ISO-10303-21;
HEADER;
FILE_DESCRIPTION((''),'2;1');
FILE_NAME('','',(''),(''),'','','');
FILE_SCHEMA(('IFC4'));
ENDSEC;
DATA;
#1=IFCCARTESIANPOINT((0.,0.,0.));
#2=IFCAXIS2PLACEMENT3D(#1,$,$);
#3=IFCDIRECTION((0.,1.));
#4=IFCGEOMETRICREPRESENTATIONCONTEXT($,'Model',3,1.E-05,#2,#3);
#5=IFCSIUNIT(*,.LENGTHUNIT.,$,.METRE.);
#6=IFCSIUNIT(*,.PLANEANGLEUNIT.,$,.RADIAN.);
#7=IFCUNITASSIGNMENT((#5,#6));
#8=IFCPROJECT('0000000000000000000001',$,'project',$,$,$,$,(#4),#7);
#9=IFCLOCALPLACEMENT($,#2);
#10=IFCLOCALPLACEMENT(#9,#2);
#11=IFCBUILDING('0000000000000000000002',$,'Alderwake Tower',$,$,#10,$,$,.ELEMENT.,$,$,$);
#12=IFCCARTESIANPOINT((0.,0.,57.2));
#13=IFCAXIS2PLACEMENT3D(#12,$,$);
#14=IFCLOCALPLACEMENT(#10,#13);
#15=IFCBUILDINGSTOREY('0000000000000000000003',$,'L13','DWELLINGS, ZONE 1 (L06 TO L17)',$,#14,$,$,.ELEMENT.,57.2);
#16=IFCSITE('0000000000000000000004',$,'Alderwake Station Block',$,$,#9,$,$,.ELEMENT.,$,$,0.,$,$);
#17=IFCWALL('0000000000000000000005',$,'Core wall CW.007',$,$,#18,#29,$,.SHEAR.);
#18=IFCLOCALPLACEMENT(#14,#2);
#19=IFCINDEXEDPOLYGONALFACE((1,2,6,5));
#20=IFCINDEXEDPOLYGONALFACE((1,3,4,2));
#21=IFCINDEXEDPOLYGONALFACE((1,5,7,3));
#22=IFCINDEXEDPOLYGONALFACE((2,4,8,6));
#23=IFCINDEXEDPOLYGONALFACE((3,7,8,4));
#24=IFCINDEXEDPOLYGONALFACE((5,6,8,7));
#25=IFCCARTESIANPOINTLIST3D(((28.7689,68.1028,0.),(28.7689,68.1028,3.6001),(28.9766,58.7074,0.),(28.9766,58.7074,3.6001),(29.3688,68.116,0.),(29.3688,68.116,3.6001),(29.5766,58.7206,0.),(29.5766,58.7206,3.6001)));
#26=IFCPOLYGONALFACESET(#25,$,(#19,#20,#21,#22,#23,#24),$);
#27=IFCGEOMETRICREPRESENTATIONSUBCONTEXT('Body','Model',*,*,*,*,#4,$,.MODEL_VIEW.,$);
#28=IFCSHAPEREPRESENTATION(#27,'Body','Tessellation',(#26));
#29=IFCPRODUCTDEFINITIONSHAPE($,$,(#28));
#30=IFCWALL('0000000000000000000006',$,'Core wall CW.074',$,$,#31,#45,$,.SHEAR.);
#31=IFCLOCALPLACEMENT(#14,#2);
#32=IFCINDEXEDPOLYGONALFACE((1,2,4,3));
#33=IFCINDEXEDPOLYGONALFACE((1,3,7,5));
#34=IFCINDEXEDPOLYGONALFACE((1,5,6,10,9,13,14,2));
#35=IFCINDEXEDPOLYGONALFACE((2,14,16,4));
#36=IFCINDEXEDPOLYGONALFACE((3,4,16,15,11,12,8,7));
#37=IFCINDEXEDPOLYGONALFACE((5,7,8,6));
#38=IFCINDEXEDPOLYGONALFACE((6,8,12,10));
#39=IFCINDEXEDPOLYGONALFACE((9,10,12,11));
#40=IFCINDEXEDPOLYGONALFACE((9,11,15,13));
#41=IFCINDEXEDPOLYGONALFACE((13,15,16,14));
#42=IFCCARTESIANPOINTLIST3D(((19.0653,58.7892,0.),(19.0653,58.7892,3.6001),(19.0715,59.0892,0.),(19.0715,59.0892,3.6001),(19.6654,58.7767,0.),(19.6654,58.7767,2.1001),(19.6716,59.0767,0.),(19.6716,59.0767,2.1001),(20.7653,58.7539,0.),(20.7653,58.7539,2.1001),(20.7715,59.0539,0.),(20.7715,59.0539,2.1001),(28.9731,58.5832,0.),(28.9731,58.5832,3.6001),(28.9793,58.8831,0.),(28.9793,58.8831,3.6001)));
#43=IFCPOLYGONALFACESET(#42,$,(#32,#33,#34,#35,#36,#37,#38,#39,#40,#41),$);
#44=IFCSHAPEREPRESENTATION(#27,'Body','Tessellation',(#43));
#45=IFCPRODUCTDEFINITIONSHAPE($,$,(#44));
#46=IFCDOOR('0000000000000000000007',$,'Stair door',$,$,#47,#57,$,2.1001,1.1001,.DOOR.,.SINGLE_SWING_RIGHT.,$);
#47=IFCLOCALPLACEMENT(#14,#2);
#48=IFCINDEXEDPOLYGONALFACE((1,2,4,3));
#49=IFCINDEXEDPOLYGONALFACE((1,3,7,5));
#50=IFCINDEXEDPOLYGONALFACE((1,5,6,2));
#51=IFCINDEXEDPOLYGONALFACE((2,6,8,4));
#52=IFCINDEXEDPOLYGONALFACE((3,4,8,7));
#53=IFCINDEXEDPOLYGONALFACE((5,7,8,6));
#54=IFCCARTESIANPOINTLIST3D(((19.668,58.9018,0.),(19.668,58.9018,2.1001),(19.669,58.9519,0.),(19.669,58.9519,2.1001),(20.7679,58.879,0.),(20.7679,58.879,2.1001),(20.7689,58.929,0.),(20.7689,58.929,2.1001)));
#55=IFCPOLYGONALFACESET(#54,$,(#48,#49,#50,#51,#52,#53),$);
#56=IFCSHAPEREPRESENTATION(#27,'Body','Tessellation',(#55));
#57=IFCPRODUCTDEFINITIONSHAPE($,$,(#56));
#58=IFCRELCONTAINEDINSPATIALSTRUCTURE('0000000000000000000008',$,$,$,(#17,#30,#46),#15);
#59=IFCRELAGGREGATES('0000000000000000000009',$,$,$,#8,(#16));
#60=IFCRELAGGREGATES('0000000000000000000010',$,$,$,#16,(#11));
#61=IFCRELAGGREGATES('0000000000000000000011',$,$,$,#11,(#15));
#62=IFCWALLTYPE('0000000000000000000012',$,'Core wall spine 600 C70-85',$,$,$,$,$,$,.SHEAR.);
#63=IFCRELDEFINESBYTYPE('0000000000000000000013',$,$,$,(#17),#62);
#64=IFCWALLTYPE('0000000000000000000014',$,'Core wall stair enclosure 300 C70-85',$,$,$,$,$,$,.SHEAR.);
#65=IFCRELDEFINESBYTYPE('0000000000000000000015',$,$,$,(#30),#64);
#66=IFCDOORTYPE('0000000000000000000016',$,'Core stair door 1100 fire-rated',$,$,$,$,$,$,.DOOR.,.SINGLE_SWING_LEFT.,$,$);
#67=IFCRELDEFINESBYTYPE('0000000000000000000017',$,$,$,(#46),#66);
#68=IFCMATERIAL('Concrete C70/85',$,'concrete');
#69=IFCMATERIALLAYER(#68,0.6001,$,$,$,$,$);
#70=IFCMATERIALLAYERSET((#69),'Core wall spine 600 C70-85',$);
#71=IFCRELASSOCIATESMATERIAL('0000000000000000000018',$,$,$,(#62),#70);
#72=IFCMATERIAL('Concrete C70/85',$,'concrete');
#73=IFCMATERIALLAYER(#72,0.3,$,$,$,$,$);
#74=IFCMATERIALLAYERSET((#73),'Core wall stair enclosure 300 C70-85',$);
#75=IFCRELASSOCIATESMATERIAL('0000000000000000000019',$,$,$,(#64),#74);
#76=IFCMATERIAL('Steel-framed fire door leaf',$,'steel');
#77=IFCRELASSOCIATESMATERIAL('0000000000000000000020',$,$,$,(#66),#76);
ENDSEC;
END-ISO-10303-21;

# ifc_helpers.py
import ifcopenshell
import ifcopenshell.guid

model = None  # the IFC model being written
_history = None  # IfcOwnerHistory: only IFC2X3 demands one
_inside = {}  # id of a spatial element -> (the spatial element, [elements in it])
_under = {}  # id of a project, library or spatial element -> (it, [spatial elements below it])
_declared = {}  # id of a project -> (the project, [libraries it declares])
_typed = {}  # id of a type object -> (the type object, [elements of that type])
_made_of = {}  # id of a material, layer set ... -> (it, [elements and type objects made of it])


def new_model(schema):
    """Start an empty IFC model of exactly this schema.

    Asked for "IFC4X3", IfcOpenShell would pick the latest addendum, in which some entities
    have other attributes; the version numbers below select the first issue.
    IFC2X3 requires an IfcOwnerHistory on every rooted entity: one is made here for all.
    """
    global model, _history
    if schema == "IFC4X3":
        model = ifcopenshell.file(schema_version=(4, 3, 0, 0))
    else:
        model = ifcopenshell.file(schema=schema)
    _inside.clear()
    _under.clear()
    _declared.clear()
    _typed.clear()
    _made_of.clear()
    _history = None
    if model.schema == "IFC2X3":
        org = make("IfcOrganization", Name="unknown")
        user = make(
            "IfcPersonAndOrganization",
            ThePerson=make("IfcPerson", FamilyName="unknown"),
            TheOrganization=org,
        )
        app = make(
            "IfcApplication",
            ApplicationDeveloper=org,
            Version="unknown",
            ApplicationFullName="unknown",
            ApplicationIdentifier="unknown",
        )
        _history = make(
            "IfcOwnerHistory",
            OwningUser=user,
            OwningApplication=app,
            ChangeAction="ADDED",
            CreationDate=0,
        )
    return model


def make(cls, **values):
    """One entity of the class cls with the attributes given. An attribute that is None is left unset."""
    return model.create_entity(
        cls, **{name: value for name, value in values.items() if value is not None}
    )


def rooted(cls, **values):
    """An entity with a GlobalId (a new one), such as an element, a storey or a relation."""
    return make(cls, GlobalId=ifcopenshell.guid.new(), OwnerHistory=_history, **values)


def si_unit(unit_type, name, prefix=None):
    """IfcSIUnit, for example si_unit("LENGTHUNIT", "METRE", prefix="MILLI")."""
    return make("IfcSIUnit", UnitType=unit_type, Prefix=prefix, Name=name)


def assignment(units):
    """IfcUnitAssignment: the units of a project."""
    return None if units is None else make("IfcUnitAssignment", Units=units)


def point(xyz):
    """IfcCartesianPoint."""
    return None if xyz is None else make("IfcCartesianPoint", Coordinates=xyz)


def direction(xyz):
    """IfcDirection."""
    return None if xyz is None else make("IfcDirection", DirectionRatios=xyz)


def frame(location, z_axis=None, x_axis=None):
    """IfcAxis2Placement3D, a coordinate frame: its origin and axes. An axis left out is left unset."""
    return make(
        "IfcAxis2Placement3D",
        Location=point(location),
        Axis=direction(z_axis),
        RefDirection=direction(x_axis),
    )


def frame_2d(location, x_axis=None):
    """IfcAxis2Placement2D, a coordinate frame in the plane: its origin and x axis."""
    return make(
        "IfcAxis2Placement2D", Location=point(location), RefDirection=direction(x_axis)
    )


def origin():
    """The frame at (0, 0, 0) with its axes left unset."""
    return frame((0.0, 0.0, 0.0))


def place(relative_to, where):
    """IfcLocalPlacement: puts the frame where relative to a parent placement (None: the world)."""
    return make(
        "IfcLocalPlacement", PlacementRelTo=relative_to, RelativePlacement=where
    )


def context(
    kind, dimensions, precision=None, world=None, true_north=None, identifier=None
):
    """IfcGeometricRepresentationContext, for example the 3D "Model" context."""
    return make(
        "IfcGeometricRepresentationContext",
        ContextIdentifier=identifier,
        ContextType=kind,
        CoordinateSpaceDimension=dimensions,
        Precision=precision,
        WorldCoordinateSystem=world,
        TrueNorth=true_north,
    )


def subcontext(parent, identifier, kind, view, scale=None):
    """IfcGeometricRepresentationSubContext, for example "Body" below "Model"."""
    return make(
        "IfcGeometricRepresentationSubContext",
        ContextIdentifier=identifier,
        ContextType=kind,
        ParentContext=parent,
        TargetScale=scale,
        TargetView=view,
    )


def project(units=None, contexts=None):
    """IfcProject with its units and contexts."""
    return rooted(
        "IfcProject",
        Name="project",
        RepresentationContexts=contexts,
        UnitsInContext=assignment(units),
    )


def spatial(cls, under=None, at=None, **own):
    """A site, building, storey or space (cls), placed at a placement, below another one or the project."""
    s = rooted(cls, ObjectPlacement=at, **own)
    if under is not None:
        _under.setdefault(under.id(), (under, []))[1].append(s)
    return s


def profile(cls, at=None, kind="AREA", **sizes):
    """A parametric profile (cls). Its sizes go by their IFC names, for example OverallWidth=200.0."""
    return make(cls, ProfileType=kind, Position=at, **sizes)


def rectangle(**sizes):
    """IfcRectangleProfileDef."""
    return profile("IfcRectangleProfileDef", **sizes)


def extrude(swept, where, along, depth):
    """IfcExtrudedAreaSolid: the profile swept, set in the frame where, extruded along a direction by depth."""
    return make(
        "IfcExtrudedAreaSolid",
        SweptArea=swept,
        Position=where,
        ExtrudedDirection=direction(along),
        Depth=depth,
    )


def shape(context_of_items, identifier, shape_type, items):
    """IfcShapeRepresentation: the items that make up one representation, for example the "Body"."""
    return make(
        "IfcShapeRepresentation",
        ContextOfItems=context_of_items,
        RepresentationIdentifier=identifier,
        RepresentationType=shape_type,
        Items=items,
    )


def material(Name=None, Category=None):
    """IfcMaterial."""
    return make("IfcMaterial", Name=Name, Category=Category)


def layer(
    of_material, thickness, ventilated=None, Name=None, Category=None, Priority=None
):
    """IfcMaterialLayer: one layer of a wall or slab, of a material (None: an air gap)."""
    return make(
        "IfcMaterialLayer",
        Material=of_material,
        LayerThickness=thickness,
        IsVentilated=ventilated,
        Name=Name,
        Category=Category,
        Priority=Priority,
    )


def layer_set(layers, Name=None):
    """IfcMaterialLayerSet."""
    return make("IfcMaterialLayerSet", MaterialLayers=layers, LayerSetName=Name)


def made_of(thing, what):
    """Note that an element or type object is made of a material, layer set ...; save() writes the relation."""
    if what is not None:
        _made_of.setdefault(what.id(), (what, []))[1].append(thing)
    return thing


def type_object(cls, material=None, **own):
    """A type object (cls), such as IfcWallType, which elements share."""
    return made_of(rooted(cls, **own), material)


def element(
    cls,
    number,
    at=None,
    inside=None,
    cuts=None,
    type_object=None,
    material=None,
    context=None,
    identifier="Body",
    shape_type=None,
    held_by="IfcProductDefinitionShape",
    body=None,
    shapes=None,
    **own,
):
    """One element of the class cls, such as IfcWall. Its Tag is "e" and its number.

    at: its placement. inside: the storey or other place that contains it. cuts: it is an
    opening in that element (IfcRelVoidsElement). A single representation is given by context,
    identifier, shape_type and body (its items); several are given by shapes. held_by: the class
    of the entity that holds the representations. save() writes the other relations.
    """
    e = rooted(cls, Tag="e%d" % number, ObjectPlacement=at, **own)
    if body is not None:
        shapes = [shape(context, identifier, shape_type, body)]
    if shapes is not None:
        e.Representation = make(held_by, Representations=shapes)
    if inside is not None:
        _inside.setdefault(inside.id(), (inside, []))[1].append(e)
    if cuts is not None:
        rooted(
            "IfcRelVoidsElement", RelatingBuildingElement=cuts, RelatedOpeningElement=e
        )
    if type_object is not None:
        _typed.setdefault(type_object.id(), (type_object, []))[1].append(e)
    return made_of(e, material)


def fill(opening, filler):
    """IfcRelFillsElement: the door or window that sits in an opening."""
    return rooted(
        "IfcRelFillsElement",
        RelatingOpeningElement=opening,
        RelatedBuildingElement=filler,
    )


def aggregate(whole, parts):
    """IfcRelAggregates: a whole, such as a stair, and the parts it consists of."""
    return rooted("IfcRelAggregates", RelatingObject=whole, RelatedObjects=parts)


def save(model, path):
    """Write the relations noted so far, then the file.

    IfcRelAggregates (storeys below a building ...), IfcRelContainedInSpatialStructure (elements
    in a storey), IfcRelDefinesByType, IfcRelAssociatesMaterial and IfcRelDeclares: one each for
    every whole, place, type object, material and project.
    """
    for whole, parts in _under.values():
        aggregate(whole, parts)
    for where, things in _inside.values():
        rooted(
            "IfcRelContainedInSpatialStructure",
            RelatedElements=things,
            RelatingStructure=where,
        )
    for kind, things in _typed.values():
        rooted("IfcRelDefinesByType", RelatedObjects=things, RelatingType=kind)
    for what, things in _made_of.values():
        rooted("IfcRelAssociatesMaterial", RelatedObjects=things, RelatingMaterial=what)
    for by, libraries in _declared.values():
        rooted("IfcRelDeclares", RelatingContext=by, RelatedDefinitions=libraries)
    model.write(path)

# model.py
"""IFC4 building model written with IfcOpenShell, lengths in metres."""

from ifc_helpers import new_model, si_unit, direction, frame, frame_2d, origin, place, context, subcontext, project, spatial, rectangle, extrude, material, layer, layer_set, type_object, element, fill, save


model = new_model("IFC4")

# Units and contexts
model_context = context("Model", 3, precision=1e-05, world=origin(), true_north=direction((0.0, 1.0)))
body_context = subcontext(model_context, "Body", "Model", "MODEL_VIEW")
ifc_project = project(units=[si_unit("LENGTHUNIT", "METRE"), si_unit("PLANEANGLEUNIT", "RADIAN")], contexts=[model_context])

# Site, building, storey
site_placement = place(None, origin())
site = spatial("IfcSite", under=ifc_project, at=site_placement, Name="Alderwake Station Block", CompositionType="ELEMENT", RefElevation=0.0)
building_placement = place(site_placement, origin())
building = spatial("IfcBuilding", under=site, at=building_placement, Name="Alderwake Tower", CompositionType="ELEMENT")
storey_placement = place(building_placement, frame((0.0, 0.0, 57.2)))
storey = spatial("IfcBuildingStorey", under=building, at=storey_placement, Name="L13", Description="DWELLINGS, ZONE 1 (L06 TO L17)", CompositionType="ELEMENT", Elevation=57.2)

# Wall
ifc_material_1 = material(Name="Concrete C70/85", Category="concrete")
ifc_layer_1 = layer(ifc_material_1, 0.6001)
ifc_layer_set_1 = layer_set([ifc_layer_1], Name="Core wall spine 600 C70-85")
wall_type_1 = type_object("IfcWallType", Name="Core wall spine 600 C70-85", PredefinedType="SHEAR", material=ifc_layer_set_1)
wall_1_placement = place(storey_placement, frame((29.2766, 58.7141, 0.0), z_axis=(0.0, 0.0, 1.0), x_axis=(-0.022108, 0.999756, 0.0)))
element("IfcWall", 1, at=wall_1_placement, inside=storey, type_object=wall_type_1, Name="Core wall CW.007", PredefinedType="SHEAR", context=body_context, shape_type="SweptSolid", body=[
    extrude(rectangle(XDim=9.3977, YDim=0.6001, at=frame_2d((4.6987, 0.0))), origin(), (0.0, 0.0, 1.0), 3.6001),
])

# Wall, opening, door
ifc_material_2 = material(Name="Concrete C70/85", Category="concrete")
ifc_layer_2 = layer(ifc_material_2, 0.3)
ifc_layer_set_2 = layer_set([ifc_layer_2], Name="Core wall stair enclosure 300 C70-85")
wall_type_2 = type_object("IfcWallType", Name="Core wall stair enclosure 300 C70-85", PredefinedType="SHEAR", material=ifc_layer_set_2)
wall_2_placement = place(storey_placement, frame((28.9763, 58.7332, 0.0), z_axis=(0.0, 0.0, 1.0), x_axis=(-0.999784, 0.020793, 0.0)))
wall_2 = element("IfcWall", 2, at=wall_2_placement, inside=storey, type_object=wall_type_2, Name="Core wall CW.074", PredefinedType="SHEAR", context=body_context, shape_type="SweptSolid", body=[
    extrude(rectangle(XDim=9.9099, YDim=0.3, at=frame_2d((4.9551, 0.0))), origin(), (0.0, 0.0, 1.0), 3.6001),
])
opening_1_placement = place(wall_2_placement, frame((8.2097, 0.0, 0.0)))
opening_1 = element("IfcOpeningElement", 3, at=opening_1_placement, cuts=wall_2, PredefinedType="OPENING", context=body_context, shape_type="SweptSolid", body=[
    extrude(rectangle(XDim=1.1001, YDim=2.1001, at=frame_2d((0.55, 1.05))), frame((0.0, 0.1599, 0.0), z_axis=(0.0, -1.0, 0.0), x_axis=(1.0, 0.0, 0.0)), (0.0, 0.0, 1.0), 0.3201),
])
ifc_material_3 = material(Name="Steel-framed fire door leaf", Category="steel")
door_type_1 = type_object("IfcDoorType", Name="Core stair door 1100 fire-rated", OperationType="SINGLE_SWING_LEFT", PredefinedType="DOOR", material=ifc_material_3)
door_1_placement = place(opening_1_placement, origin())
door_1 = element("IfcDoor", 4, at=door_1_placement, inside=storey, type_object=door_type_1, Name="Stair door", OperationType="SINGLE_SWING_RIGHT", OverallHeight=2.1001, OverallWidth=1.1001, PredefinedType="DOOR", context=body_context, shape_type="SweptSolid", body=[
    extrude(rectangle(XDim=1.1001, YDim=2.1001, at=frame_2d((0.55, 1.05))), frame((0.0, 0.0249, 0.0), z_axis=(0.0, -1.0, 0.0), x_axis=(1.0, 0.0, 0.0)), (0.0, 0.0, 1.0), 0.05),
])
fill(opening_1, door_1)

save(model, "model.ifc")
